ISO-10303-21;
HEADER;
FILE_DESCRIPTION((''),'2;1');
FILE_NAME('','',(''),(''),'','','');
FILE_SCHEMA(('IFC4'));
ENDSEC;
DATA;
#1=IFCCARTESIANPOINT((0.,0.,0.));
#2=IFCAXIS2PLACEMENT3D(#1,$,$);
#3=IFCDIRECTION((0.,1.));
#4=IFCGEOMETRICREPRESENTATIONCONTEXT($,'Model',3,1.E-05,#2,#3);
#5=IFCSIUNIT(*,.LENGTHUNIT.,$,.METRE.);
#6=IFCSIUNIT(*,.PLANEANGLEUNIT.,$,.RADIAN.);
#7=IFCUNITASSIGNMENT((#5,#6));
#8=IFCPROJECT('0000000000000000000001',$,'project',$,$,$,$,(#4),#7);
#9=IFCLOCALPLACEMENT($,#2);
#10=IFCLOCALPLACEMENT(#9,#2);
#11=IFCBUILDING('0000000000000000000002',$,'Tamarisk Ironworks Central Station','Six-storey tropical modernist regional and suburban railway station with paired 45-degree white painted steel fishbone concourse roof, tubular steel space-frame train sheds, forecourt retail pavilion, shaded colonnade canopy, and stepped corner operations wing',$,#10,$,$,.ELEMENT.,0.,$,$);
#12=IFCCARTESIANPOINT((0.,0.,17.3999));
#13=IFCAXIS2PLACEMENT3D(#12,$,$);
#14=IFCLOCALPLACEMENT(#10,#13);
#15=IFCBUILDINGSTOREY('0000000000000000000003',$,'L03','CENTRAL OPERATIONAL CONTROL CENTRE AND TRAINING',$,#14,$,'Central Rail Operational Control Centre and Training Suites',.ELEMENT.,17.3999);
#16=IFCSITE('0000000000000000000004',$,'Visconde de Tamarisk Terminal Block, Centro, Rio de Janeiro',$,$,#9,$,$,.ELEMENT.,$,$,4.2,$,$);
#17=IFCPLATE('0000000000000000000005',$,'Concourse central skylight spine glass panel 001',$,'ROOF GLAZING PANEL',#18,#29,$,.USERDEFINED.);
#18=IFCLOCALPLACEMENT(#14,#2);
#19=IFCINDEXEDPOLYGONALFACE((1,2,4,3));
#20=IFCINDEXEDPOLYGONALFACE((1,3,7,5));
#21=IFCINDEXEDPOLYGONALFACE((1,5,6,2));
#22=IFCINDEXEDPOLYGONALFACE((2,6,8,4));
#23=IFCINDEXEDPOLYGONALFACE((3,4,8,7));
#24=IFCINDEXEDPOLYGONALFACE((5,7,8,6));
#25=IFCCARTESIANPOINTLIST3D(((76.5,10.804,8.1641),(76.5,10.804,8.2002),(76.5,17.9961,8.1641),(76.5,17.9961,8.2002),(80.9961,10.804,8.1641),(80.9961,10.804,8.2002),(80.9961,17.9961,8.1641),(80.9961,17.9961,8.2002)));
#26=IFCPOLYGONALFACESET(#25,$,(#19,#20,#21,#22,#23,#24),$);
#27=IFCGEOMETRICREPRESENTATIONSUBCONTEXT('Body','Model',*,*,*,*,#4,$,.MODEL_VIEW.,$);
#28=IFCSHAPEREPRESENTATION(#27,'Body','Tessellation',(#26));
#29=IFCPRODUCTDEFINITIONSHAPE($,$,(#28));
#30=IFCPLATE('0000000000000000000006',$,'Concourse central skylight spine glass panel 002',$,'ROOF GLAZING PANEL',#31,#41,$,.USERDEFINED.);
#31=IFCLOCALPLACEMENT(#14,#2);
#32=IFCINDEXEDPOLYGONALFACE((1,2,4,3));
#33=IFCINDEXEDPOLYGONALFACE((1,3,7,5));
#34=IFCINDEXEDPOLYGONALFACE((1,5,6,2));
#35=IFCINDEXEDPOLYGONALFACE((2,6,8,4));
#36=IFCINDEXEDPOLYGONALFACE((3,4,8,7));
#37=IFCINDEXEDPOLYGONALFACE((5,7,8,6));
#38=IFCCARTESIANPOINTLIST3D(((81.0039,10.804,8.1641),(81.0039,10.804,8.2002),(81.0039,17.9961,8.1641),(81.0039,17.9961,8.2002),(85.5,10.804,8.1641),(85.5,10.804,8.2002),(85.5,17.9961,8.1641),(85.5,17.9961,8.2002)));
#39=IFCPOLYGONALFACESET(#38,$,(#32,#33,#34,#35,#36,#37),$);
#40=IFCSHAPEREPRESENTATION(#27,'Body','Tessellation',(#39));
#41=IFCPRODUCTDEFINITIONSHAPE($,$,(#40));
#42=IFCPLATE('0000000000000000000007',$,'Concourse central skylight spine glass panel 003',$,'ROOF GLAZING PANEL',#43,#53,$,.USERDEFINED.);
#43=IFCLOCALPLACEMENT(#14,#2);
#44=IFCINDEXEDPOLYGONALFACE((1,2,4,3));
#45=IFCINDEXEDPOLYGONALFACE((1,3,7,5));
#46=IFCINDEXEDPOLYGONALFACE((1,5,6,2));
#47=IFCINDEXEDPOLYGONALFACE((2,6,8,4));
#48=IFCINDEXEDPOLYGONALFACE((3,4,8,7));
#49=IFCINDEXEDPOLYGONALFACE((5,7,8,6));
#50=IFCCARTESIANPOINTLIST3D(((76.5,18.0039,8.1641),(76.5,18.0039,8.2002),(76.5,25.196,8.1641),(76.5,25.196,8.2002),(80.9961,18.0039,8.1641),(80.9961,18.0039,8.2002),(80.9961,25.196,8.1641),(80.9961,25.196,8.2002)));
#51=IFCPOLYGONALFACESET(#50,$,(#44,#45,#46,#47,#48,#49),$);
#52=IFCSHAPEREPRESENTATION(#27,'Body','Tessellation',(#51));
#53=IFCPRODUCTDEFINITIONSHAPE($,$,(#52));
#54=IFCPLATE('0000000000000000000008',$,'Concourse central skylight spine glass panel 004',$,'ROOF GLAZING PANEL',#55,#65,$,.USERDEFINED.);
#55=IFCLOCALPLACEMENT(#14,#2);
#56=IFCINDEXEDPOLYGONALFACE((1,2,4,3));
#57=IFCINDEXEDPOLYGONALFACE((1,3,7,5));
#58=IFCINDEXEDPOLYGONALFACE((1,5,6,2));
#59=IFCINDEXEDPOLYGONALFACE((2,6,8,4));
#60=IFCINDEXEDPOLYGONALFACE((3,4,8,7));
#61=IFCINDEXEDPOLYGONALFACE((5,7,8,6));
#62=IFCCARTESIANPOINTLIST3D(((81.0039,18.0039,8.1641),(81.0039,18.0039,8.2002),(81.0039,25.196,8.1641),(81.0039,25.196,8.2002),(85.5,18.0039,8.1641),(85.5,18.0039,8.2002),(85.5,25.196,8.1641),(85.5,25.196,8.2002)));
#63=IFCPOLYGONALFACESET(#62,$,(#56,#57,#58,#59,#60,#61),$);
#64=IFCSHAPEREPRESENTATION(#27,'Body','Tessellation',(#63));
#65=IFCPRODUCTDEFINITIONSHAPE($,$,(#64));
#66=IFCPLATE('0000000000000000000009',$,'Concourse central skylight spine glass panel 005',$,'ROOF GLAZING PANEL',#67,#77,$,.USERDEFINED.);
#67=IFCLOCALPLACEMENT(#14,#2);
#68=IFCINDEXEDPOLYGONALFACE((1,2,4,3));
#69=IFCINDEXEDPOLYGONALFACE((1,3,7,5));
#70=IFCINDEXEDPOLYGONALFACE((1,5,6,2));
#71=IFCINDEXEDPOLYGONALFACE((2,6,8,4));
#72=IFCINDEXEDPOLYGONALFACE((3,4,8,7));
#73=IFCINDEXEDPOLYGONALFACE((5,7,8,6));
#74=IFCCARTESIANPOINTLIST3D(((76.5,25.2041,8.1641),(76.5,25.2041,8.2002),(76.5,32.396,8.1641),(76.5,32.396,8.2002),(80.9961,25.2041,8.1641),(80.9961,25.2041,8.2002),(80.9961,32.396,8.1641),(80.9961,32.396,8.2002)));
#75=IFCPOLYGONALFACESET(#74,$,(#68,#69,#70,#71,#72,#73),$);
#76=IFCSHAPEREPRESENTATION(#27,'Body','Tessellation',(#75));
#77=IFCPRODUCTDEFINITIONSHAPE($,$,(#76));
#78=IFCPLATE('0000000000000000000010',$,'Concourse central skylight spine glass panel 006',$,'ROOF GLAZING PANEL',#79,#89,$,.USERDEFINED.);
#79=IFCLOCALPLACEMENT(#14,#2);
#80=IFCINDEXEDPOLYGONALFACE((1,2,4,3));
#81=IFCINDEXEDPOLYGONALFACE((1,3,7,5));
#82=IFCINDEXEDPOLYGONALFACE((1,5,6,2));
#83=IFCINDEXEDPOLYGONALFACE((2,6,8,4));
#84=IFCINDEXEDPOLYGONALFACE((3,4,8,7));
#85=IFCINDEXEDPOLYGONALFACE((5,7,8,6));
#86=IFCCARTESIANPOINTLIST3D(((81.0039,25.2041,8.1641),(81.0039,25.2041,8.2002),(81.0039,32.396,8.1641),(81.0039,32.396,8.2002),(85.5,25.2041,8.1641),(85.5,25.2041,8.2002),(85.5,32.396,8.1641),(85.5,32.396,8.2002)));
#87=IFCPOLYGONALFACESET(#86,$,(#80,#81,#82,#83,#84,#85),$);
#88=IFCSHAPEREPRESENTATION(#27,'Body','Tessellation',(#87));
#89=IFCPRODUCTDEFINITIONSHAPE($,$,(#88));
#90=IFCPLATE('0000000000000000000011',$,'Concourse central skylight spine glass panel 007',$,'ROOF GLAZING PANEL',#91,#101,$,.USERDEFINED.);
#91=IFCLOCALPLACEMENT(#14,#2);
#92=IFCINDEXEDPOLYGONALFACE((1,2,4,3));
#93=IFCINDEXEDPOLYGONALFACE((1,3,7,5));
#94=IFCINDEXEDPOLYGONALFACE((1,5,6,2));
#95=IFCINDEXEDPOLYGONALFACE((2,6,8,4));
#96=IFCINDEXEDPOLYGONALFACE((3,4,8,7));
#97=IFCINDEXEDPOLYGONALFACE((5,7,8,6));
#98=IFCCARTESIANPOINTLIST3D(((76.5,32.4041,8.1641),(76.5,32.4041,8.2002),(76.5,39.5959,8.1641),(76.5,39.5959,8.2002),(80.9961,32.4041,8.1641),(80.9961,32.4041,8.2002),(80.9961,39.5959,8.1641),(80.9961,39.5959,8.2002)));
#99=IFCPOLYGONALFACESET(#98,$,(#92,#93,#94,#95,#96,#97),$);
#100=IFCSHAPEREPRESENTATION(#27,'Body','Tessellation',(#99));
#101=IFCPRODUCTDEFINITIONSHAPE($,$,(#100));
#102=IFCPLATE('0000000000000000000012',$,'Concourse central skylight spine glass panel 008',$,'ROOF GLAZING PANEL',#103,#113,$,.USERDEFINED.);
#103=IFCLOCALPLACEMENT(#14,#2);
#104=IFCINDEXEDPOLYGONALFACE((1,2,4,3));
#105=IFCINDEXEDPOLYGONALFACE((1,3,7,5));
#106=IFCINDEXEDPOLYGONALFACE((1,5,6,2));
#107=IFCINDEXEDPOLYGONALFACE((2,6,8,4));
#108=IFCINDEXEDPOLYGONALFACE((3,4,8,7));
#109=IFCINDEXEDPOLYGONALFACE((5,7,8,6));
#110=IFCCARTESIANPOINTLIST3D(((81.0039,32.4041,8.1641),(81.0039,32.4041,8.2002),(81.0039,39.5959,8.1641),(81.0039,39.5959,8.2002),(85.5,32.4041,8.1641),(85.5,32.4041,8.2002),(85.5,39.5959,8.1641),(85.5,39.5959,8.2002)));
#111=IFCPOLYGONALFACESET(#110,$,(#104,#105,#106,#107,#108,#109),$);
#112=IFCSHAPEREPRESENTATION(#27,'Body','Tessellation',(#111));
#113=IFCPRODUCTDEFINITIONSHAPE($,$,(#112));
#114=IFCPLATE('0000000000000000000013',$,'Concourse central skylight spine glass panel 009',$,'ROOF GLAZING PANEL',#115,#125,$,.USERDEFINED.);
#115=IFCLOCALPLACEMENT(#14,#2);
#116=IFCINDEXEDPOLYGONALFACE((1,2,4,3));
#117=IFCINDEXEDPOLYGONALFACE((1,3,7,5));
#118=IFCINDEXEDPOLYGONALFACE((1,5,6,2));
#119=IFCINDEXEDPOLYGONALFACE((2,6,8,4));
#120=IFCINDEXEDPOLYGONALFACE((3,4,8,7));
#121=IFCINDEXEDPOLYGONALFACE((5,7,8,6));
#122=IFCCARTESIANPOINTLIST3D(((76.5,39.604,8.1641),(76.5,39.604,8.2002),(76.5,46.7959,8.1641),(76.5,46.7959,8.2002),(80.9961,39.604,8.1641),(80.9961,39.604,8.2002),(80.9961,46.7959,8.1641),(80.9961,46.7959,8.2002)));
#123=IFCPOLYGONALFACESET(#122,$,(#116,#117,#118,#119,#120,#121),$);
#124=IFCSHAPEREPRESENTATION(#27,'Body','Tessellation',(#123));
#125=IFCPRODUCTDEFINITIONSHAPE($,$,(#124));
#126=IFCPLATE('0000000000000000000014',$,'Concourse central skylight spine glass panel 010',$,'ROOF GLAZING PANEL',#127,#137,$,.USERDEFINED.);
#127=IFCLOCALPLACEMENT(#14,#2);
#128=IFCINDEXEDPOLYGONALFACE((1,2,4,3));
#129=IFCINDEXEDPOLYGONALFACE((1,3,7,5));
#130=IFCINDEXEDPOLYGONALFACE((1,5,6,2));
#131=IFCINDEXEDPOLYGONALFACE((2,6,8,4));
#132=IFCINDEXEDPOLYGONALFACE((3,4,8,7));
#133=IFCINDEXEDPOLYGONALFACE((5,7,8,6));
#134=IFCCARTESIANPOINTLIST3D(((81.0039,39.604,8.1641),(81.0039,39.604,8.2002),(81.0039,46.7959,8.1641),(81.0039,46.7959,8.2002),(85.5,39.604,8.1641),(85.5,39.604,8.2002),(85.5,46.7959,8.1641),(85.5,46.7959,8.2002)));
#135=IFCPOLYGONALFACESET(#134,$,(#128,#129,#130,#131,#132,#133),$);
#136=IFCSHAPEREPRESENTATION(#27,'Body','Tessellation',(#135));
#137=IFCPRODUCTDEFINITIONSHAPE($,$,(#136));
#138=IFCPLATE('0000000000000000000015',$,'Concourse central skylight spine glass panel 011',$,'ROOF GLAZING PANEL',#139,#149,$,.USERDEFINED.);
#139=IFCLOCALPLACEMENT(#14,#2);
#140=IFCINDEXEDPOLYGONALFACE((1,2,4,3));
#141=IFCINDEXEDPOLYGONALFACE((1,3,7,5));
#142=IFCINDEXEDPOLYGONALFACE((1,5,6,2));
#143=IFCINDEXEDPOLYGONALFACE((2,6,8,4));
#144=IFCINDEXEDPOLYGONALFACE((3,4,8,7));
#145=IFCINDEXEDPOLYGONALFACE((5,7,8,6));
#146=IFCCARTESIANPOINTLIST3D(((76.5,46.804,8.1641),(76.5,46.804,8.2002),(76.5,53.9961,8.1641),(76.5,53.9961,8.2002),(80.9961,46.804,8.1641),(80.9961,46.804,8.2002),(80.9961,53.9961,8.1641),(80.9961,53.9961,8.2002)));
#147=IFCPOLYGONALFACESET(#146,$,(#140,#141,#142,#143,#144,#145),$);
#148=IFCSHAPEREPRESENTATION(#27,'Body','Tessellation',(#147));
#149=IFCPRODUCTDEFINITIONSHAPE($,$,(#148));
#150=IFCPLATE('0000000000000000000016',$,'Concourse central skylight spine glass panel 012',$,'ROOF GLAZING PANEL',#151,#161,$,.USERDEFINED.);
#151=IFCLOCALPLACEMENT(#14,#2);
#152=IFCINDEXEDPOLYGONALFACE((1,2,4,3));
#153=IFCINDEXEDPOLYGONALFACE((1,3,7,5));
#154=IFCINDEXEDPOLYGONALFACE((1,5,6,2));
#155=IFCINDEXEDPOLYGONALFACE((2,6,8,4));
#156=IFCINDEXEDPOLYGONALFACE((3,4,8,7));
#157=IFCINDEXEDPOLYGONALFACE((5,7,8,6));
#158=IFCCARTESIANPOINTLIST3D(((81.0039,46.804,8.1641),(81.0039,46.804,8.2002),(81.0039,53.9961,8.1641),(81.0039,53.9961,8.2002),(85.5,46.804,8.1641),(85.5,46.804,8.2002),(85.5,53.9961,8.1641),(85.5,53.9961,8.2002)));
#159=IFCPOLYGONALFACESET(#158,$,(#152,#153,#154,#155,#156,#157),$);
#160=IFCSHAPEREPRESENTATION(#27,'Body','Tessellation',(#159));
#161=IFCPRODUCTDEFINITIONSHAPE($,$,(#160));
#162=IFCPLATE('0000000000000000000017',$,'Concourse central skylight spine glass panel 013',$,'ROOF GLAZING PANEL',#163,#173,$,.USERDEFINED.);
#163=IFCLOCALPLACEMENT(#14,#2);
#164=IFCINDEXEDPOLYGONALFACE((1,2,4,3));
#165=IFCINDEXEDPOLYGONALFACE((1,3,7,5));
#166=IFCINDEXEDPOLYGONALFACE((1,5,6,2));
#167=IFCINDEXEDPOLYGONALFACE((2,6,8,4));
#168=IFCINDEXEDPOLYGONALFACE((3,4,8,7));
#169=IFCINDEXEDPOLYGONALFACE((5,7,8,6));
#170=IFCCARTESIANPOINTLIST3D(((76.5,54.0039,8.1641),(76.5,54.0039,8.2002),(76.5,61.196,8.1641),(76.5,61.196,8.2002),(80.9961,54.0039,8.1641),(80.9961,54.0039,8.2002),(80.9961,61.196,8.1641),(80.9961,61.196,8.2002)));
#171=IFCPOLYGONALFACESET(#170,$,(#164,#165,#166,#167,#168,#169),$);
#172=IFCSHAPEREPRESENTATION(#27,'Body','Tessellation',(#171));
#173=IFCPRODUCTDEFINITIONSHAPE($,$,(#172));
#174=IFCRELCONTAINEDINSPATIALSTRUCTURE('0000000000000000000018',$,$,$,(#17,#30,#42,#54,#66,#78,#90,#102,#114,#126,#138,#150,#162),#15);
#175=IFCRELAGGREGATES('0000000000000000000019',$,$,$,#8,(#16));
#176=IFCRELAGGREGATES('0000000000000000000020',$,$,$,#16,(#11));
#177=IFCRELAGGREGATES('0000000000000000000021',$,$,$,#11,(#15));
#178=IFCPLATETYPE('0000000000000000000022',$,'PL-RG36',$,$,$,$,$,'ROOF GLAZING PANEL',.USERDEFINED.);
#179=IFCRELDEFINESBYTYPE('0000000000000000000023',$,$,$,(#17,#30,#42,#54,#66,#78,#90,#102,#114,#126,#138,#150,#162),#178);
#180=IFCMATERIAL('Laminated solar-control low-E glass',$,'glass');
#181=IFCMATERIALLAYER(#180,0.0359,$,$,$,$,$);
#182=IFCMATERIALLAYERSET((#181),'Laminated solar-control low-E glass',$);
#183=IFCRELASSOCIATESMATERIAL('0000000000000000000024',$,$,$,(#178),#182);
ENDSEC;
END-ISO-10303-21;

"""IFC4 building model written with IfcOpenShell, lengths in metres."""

from ifc_helpers import new_model, si_unit, direction, frame, origin, place, context, subcontext, project, spatial, polyline, outline, extrude, material, layer, layer_set, type_object, element, save


model = new_model("IFC4")

# Units and contexts
model_context = context("Model", 3, precision=1e-05, world=origin(), true_north=direction((0.0, 1.0)))
body_context = subcontext(model_context, "Body", "Model", "MODEL_VIEW")
ifc_project = project(units=[si_unit("LENGTHUNIT", "METRE"), si_unit("PLANEANGLEUNIT", "RADIAN")], contexts=[model_context])

# Site, building, storey
site_placement = place(None, origin())
site = spatial("IfcSite", under=ifc_project, at=site_placement, Name="Visconde de Tamarisk Terminal Block, Centro, Rio de Janeiro", CompositionType="ELEMENT", RefElevation=4.2)
building_placement = place(site_placement, origin())
building = spatial("IfcBuilding", under=site, at=building_placement, Name="Tamarisk Ironworks Central Station", Description="Six-storey tropical modernist regional and suburban railway station with paired 45-degree white painted steel fishbone concourse roof, tubular steel space-frame train sheds, forecourt retail pavilion, shaded colonnade canopy, and stepped corner operations wing", CompositionType="ELEMENT", ElevationOfRefHeight=0.0)
storey_placement = place(building_placement, frame((0.0, 0.0, 17.3999)))
storey = spatial("IfcBuildingStorey", under=building, at=storey_placement, Name="L03", Description="CENTRAL OPERATIONAL CONTROL CENTRE AND TRAINING", LongName="Central Rail Operational Control Centre and Training Suites", CompositionType="ELEMENT", Elevation=17.3999)

# Plates
ifc_material_1 = material(Name="Laminated solar-control low-E glass", Category="glass")
ifc_layer_1 = layer(ifc_material_1, 0.0359)
ifc_layer_set_1 = layer_set([ifc_layer_1], Name="Laminated solar-control low-E glass")
plate_type = type_object("IfcPlateType", Name="PL-RG36", ElementType="ROOF GLAZING PANEL", PredefinedType="USERDEFINED", material=ifc_layer_set_1)
plate_1_placement = place(storey_placement, frame((0.0, 0.0, 8.1641)))
element("IfcPlate", 1, at=plate_1_placement, inside=storey, type_object=plate_type, Name="Concourse central skylight spine glass panel 001", ObjectType="ROOF GLAZING PANEL", PredefinedType="USERDEFINED", context=body_context, shape_type="SweptSolid", body=[
    extrude(outline(polyline([(76.5, 10.804), (80.9961, 10.804), (80.9961, 17.9961), (76.5, 17.9961), (76.5, 10.804)])), origin(), (0.0, 0.0, 1.0), 0.0361),
])
plate_2_placement = place(storey_placement, frame((0.0, 0.0, 8.1641)))
element("IfcPlate", 2, at=plate_2_placement, inside=storey, type_object=plate_type, Name="Concourse central skylight spine glass panel 002", ObjectType="ROOF GLAZING PANEL", PredefinedType="USERDEFINED", context=body_context, shape_type="SweptSolid", body=[
    extrude(outline(polyline([(81.0039, 10.804), (85.5, 10.804), (85.5, 17.9961), (81.0039, 17.9961), (81.0039, 10.804)])), origin(), (0.0, 0.0, 1.0), 0.0361),
])
plate_3_placement = place(storey_placement, frame((0.0, 0.0, 8.1641)))
element("IfcPlate", 3, at=plate_3_placement, inside=storey, type_object=plate_type, Name="Concourse central skylight spine glass panel 003", ObjectType="ROOF GLAZING PANEL", PredefinedType="USERDEFINED", context=body_context, shape_type="SweptSolid", body=[
    extrude(outline(polyline([(76.5, 18.0039), (80.9961, 18.0039), (80.9961, 25.196), (76.5, 25.196), (76.5, 18.0039)])), origin(), (0.0, 0.0, 1.0), 0.0361),
])
plate_4_placement = place(storey_placement, frame((0.0, 0.0, 8.1641)))
element("IfcPlate", 4, at=plate_4_placement, inside=storey, type_object=plate_type, Name="Concourse central skylight spine glass panel 004", ObjectType="ROOF GLAZING PANEL", PredefinedType="USERDEFINED", context=body_context, shape_type="SweptSolid", body=[
    extrude(outline(polyline([(81.0039, 18.0039), (85.5, 18.0039), (85.5, 25.196), (81.0039, 25.196), (81.0039, 18.0039)])), origin(), (0.0, 0.0, 1.0), 0.0361),
])
plate_5_placement = place(storey_placement, frame((0.0, 0.0, 8.1641)))
element("IfcPlate", 5, at=plate_5_placement, inside=storey, type_object=plate_type, Name="Concourse central skylight spine glass panel 005", ObjectType="ROOF GLAZING PANEL", PredefinedType="USERDEFINED", context=body_context, shape_type="SweptSolid", body=[
    extrude(outline(polyline([(76.5, 25.2041), (80.9961, 25.2041), (80.9961, 32.396), (76.5, 32.396), (76.5, 25.2041)])), origin(), (0.0, 0.0, 1.0), 0.0361),
])
plate_6_placement = place(storey_placement, frame((0.0, 0.0, 8.1641)))
element("IfcPlate", 6, at=plate_6_placement, inside=storey, type_object=plate_type, Name="Concourse central skylight spine glass panel 006", ObjectType="ROOF GLAZING PANEL", PredefinedType="USERDEFINED", context=body_context, shape_type="SweptSolid", body=[
    extrude(outline(polyline([(81.0039, 25.2041), (85.5, 25.2041), (85.5, 32.396), (81.0039, 32.396), (81.0039, 25.2041)])), origin(), (0.0, 0.0, 1.0), 0.0361),
])
plate_7_placement = place(storey_placement, frame((0.0, 0.0, 8.1641)))
element("IfcPlate", 7, at=plate_7_placement, inside=storey, type_object=plate_type, Name="Concourse central skylight spine glass panel 007", ObjectType="ROOF GLAZING PANEL", PredefinedType="USERDEFINED", context=body_context, shape_type="SweptSolid", body=[
    extrude(outline(polyline([(76.5, 32.4041), (80.9961, 32.4041), (80.9961, 39.5959), (76.5, 39.5959), (76.5, 32.4041)])), origin(), (0.0, 0.0, 1.0), 0.0361),
])
plate_8_placement = place(storey_placement, frame((0.0, 0.0, 8.1641)))
element("IfcPlate", 8, at=plate_8_placement, inside=storey, type_object=plate_type, Name="Concourse central skylight spine glass panel 008", ObjectType="ROOF GLAZING PANEL", PredefinedType="USERDEFINED", context=body_context, shape_type="SweptSolid", body=[
    extrude(outline(polyline([(81.0039, 32.4041), (85.5, 32.4041), (85.5, 39.5959), (81.0039, 39.5959), (81.0039, 32.4041)])), origin(), (0.0, 0.0, 1.0), 0.0361),
])
plate_9_placement = place(storey_placement, frame((0.0, 0.0, 8.1641)))
element("IfcPlate", 9, at=plate_9_placement, inside=storey, type_object=plate_type, Name="Concourse central skylight spine glass panel 009", ObjectType="ROOF GLAZING PANEL", PredefinedType="USERDEFINED", context=body_context, shape_type="SweptSolid", body=[
    extrude(outline(polyline([(76.5, 39.604), (80.9961, 39.604), (80.9961, 46.7959), (76.5, 46.7959), (76.5, 39.604)])), origin(), (0.0, 0.0, 1.0), 0.0361),
])
plate_10_placement = place(storey_placement, frame((0.0, 0.0, 8.1641)))
element("IfcPlate", 10, at=plate_10_placement, inside=storey, type_object=plate_type, Name="Concourse central skylight spine glass panel 010", ObjectType="ROOF GLAZING PANEL", PredefinedType="USERDEFINED", context=body_context, shape_type="SweptSolid", body=[
    extrude(outline(polyline([(81.0039, 39.604), (85.5, 39.604), (85.5, 46.7959), (81.0039, 46.7959), (81.0039, 39.604)])), origin(), (0.0, 0.0, 1.0), 0.0361),
])
plate_11_placement = place(storey_placement, frame((0.0, 0.0, 8.1641)))
element("IfcPlate", 11, at=plate_11_placement, inside=storey, type_object=plate_type, Name="Concourse central skylight spine glass panel 011", ObjectType="ROOF GLAZING PANEL", PredefinedType="USERDEFINED", context=body_context, shape_type="SweptSolid", body=[
    extrude(outline(polyline([(76.5, 46.804), (80.9961, 46.804), (80.9961, 53.9961), (76.5, 53.9961), (76.5, 46.804)])), origin(), (0.0, 0.0, 1.0), 0.0361),
])
plate_12_placement = place(storey_placement, frame((0.0, 0.0, 8.1641)))
element("IfcPlate", 12, at=plate_12_placement, inside=storey, type_object=plate_type, Name="Concourse central skylight spine glass panel 012", ObjectType="ROOF GLAZING PANEL", PredefinedType="USERDEFINED", context=body_context, shape_type="SweptSolid", body=[
    extrude(outline(polyline([(81.0039, 46.804), (85.5, 46.804), (85.5, 53.9961), (81.0039, 53.9961), (81.0039, 46.804)])), origin(), (0.0, 0.0, 1.0), 0.0361),
])
plate_13_placement = place(storey_placement, frame((0.0, 0.0, 8.1641)))
element("IfcPlate", 13, at=plate_13_placement, inside=storey, type_object=plate_type, Name="Concourse central skylight spine glass panel 013", ObjectType="ROOF GLAZING PANEL", PredefinedType="USERDEFINED", context=body_context, shape_type="SweptSolid", body=[
    extrude(outline(polyline([(76.5, 54.0039), (80.9961, 54.0039), (80.9961, 61.196), (76.5, 61.196), (76.5, 54.0039)])), origin(), (0.0, 0.0, 1.0), 0.0361),
])

save(model, "model.ifc")
